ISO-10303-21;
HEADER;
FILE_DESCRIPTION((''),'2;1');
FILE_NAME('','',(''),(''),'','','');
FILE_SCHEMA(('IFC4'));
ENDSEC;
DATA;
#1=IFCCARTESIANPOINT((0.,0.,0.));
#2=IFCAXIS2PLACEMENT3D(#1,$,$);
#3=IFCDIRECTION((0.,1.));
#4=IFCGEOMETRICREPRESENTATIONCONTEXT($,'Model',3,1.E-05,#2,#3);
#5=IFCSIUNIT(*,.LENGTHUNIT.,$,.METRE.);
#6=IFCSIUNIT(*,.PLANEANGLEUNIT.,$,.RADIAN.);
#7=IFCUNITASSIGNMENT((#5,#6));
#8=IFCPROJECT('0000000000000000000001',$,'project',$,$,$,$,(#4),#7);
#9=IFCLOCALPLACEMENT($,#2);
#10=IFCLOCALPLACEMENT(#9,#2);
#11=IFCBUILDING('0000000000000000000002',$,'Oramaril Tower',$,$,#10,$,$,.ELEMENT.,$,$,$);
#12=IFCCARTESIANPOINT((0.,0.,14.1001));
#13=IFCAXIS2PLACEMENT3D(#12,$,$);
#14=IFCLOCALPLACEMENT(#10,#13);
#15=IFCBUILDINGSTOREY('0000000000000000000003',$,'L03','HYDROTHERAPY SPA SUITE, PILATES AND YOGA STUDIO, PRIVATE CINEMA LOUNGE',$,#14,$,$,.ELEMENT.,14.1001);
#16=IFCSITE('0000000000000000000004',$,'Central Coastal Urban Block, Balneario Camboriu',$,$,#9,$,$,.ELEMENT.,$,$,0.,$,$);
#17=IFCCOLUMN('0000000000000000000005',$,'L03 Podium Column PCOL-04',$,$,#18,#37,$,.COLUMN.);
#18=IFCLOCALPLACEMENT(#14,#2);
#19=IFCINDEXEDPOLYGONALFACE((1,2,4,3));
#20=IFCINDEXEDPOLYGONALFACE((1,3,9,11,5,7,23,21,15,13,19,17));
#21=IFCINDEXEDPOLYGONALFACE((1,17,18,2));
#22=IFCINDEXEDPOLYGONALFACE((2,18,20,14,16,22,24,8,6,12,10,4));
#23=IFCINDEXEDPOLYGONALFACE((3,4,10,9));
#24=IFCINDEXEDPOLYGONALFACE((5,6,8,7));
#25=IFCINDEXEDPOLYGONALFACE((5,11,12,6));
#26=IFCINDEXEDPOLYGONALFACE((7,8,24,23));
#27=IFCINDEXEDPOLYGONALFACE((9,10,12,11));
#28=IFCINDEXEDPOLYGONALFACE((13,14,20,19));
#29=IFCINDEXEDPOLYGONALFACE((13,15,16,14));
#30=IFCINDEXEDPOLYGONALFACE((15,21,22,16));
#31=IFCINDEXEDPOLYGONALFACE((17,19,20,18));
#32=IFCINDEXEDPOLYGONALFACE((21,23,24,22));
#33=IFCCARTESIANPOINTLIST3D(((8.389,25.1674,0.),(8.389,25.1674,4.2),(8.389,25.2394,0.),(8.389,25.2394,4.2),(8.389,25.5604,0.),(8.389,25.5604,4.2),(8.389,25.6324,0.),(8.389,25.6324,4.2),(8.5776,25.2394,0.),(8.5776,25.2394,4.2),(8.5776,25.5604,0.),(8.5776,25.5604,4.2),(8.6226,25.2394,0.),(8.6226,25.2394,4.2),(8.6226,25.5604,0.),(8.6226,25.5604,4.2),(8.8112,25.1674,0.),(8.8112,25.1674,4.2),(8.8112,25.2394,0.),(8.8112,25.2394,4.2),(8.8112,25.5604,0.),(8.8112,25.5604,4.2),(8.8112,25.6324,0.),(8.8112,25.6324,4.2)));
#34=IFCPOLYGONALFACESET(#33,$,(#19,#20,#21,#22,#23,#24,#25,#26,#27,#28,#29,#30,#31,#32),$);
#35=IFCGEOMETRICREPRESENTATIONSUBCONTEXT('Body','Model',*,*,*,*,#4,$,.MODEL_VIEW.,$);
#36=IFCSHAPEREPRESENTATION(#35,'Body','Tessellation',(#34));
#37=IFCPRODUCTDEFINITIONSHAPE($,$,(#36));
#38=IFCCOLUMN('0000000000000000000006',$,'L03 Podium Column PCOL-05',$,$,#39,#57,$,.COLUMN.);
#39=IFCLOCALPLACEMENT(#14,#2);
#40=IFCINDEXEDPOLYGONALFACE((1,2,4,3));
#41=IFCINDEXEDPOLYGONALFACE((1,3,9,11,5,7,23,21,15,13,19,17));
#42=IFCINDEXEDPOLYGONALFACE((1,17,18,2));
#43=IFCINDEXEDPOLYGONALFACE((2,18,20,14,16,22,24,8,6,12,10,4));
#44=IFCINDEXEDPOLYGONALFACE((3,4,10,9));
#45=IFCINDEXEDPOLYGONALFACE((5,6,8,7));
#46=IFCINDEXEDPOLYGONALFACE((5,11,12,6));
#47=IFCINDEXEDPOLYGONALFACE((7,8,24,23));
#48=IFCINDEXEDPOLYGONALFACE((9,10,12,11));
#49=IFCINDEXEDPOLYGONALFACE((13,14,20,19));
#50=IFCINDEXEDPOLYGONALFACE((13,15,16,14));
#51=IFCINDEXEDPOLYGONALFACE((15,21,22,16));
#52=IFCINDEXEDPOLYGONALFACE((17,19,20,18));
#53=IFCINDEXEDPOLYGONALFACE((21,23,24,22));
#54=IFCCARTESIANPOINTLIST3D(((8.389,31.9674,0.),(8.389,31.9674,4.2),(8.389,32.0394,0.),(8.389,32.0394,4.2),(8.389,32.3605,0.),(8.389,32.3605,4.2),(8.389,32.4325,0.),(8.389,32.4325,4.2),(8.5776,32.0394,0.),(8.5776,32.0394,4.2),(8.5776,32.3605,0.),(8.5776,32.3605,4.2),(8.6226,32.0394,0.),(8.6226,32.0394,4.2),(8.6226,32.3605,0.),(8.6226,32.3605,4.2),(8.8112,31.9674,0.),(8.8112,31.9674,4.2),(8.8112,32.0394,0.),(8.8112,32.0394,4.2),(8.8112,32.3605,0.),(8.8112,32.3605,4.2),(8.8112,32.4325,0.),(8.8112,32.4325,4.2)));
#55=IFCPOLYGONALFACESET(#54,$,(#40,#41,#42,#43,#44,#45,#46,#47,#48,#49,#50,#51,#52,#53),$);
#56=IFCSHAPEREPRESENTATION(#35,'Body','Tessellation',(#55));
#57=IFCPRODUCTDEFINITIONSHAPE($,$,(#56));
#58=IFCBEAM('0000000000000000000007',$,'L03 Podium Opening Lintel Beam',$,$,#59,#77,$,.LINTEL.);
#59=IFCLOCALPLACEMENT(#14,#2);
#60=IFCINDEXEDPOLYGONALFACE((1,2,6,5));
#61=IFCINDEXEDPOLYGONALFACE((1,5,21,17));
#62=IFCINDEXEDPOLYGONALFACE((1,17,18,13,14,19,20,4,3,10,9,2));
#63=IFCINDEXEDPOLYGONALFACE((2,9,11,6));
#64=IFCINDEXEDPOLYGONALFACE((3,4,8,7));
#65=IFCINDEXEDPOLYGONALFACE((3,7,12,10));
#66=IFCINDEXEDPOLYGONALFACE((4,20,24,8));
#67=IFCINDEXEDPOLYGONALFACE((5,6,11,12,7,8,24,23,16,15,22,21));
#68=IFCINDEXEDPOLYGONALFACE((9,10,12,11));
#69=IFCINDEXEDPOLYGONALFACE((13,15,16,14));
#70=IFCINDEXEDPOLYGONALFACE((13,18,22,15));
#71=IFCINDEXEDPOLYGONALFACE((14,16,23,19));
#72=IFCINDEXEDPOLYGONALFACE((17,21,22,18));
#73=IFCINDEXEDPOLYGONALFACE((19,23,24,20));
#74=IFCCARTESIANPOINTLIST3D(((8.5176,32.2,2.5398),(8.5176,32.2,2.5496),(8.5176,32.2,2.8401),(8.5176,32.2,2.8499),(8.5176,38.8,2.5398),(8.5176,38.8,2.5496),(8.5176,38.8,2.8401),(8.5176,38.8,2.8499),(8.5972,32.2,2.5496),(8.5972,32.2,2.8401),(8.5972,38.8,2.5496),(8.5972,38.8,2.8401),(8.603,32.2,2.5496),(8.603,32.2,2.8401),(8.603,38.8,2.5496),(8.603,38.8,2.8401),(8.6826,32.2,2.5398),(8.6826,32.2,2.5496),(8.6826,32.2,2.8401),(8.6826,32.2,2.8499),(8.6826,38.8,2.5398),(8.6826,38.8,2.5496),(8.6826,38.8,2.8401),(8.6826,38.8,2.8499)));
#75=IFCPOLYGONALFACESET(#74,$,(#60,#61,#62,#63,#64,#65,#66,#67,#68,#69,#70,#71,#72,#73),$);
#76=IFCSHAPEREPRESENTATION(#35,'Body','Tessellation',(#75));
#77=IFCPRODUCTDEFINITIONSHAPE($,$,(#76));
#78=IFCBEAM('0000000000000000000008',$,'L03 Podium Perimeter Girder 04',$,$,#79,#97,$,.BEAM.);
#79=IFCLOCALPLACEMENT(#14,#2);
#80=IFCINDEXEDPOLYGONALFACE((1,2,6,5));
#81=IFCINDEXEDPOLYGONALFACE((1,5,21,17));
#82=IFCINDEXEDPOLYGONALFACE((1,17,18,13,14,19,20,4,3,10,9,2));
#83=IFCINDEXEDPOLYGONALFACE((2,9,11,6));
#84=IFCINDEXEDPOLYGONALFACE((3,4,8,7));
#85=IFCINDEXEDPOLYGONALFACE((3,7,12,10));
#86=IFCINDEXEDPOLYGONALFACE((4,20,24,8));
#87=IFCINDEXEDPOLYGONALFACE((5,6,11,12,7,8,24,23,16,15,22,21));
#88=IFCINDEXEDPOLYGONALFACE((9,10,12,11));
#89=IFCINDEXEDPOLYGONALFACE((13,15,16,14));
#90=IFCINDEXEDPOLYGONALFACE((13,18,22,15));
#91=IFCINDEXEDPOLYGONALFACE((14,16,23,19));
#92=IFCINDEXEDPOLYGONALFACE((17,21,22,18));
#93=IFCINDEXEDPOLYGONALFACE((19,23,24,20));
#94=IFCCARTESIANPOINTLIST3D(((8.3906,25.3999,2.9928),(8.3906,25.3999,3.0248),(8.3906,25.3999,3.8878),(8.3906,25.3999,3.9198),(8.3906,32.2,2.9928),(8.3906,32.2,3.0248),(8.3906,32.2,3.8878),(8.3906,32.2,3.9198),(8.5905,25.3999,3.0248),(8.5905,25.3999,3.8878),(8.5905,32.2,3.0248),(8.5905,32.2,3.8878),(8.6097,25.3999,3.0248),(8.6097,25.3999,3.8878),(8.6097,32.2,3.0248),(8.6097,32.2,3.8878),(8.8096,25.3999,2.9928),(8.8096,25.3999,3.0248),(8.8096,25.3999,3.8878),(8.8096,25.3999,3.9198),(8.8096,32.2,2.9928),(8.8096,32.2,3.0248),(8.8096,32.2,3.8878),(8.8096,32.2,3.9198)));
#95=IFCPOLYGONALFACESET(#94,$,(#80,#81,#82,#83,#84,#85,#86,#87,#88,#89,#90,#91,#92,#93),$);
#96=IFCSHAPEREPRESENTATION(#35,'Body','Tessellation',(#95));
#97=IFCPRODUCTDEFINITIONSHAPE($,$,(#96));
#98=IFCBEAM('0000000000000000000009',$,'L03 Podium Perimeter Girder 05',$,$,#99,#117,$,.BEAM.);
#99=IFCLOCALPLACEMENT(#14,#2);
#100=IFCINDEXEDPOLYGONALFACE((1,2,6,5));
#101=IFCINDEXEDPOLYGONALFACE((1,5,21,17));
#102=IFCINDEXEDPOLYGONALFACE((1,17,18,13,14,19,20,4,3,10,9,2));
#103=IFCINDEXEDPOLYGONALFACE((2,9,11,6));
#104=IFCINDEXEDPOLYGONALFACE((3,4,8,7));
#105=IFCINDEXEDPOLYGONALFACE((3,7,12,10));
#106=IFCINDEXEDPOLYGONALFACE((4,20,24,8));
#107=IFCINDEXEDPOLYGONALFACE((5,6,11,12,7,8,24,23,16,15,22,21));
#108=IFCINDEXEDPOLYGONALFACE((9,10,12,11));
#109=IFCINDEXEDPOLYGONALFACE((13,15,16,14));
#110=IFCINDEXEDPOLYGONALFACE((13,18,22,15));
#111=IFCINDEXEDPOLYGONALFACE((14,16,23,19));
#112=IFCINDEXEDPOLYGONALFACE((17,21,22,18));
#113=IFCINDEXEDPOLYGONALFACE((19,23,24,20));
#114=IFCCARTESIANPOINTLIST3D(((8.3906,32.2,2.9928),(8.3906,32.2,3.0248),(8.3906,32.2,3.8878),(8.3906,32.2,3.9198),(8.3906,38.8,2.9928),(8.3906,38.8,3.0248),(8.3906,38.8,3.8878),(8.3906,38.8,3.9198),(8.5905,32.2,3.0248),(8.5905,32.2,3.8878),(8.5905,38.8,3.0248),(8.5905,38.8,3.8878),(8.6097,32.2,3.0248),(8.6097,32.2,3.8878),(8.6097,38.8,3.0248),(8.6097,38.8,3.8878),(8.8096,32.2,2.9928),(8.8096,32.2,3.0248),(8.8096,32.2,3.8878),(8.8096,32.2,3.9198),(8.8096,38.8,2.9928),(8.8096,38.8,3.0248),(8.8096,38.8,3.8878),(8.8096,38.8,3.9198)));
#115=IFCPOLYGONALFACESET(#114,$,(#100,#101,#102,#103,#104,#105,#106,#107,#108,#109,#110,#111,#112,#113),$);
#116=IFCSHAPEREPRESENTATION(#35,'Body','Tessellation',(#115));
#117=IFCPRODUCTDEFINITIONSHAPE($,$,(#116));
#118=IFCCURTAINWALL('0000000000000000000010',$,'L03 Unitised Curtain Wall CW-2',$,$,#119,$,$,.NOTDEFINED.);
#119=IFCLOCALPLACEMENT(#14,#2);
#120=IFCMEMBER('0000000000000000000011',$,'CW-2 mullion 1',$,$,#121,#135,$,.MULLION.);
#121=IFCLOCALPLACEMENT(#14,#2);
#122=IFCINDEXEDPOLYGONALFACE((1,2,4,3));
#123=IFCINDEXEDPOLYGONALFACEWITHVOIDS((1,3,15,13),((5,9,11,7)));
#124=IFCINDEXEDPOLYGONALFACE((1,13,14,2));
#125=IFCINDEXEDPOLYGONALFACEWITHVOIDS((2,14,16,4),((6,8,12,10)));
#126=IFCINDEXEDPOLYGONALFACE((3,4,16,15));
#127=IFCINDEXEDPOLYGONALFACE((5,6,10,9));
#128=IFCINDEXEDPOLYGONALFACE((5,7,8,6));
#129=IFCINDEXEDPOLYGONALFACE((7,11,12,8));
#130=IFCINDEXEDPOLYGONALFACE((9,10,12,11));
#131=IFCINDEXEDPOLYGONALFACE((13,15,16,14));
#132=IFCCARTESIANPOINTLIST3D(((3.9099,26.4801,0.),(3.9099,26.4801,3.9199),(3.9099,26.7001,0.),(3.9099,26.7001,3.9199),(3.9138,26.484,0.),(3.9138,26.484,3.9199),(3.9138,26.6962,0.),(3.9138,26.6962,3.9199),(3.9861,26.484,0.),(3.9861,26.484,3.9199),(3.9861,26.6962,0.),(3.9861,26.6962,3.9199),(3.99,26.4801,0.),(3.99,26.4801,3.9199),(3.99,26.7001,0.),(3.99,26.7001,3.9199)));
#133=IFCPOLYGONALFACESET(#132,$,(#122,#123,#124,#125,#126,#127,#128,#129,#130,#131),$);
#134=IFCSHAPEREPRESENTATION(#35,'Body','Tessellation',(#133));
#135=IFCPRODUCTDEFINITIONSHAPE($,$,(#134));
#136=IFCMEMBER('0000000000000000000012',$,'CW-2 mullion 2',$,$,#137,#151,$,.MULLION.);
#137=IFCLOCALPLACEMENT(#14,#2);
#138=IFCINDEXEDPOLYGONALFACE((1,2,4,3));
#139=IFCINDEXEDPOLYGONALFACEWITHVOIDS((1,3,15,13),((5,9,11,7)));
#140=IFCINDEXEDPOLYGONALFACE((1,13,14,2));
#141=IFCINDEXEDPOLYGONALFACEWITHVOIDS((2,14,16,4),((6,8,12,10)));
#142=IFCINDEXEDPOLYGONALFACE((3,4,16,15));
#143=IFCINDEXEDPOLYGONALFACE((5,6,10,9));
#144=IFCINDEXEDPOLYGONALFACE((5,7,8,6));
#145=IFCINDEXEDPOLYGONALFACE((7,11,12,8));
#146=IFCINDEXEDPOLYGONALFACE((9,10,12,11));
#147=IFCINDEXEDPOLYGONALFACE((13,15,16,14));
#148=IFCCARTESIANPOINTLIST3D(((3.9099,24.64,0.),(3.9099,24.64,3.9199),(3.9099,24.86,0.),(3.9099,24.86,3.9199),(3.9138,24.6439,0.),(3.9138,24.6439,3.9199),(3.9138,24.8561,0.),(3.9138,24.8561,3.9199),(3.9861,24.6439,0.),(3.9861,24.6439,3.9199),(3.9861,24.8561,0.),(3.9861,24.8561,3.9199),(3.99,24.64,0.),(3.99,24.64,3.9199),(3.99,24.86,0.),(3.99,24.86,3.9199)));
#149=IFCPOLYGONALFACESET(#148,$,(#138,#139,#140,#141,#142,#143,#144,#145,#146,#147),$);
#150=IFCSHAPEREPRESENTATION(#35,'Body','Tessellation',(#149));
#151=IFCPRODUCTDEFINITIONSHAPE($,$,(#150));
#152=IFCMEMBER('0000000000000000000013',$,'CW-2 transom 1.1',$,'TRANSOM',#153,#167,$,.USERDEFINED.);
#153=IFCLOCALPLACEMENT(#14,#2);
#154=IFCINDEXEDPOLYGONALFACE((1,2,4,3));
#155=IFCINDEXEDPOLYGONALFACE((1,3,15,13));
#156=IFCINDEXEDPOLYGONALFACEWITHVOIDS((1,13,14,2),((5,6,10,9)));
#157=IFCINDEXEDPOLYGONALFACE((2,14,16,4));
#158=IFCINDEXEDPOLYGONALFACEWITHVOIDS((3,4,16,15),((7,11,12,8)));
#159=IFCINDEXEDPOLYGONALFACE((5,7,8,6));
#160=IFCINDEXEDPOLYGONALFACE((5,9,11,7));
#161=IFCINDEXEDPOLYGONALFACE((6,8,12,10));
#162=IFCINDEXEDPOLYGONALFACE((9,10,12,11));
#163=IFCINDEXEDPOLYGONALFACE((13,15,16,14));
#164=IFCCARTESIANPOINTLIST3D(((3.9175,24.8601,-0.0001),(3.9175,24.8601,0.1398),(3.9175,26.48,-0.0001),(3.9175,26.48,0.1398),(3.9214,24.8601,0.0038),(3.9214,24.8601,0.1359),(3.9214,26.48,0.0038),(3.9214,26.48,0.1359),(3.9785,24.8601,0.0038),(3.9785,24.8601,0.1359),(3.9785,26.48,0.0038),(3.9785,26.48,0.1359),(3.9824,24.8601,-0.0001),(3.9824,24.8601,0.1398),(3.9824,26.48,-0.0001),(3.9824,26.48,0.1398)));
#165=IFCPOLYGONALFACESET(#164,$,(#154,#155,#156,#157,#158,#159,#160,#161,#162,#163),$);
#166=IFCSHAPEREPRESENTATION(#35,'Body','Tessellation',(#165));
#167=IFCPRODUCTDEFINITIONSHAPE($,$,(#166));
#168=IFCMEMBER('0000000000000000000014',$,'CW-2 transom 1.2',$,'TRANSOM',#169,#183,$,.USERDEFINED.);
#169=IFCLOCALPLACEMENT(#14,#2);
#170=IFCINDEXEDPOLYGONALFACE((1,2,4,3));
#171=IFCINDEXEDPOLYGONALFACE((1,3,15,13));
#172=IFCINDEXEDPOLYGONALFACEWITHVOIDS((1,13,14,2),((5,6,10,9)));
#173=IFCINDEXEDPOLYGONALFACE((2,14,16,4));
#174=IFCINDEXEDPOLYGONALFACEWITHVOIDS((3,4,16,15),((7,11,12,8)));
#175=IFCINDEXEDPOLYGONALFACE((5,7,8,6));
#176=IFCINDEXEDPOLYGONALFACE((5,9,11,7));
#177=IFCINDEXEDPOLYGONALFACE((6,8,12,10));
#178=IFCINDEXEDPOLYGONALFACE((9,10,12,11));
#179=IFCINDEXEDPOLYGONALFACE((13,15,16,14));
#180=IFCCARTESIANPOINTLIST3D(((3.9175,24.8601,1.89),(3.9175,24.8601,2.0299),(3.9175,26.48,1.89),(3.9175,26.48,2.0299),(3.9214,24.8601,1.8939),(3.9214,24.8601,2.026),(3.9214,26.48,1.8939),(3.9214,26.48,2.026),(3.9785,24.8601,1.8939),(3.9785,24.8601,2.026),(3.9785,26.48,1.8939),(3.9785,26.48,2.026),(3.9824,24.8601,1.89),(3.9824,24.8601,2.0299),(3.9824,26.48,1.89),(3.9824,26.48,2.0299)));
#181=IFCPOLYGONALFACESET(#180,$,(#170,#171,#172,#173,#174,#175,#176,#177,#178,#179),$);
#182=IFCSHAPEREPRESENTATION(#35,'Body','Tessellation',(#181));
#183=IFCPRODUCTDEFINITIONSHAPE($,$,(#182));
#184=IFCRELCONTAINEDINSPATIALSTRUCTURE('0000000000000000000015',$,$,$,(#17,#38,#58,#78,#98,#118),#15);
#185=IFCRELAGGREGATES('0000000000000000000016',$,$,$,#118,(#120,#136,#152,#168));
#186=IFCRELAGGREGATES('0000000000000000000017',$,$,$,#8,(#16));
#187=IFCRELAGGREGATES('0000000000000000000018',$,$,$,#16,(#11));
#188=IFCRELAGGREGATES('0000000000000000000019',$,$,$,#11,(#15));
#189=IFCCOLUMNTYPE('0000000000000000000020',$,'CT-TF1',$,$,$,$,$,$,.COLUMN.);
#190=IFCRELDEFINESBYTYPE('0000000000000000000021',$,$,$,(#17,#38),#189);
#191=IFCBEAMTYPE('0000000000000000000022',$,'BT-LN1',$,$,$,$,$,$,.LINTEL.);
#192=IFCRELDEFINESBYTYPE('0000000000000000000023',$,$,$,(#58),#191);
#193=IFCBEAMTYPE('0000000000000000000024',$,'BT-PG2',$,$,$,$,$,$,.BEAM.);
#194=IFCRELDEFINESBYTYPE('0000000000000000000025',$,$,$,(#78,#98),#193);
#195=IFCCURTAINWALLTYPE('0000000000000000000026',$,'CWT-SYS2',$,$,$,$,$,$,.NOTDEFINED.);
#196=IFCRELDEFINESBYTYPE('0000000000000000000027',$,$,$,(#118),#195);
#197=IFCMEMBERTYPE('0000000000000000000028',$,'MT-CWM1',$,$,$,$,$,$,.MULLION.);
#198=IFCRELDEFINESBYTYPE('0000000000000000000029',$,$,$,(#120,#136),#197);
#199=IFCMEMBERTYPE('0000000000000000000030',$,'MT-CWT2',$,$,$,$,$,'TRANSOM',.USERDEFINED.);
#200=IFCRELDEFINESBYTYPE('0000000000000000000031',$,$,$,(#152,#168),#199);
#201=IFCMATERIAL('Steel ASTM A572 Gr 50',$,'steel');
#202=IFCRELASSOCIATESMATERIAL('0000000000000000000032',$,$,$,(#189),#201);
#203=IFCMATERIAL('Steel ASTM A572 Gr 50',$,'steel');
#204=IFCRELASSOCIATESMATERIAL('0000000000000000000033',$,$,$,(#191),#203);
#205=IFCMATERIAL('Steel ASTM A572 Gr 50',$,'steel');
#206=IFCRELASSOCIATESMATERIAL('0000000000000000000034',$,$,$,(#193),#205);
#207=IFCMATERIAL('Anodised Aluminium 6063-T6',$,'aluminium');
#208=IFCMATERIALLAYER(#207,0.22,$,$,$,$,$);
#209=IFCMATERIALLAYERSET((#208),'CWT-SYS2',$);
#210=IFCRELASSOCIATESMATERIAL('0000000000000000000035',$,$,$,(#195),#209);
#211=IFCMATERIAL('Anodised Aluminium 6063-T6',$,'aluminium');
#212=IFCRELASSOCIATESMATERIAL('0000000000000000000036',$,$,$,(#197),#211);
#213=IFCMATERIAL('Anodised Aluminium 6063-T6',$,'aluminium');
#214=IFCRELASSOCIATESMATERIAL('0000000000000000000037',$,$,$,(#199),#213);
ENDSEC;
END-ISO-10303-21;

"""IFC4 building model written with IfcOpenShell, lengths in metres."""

from ifc_helpers import new_model, si_unit, direction, frame, origin, origin_2d, place, context, subcontext, project, spatial, hollow_rectangle, i_section, extrude, material, layer, layer_set, material_profile, profile_set, type_object, element, aggregate, save


model = new_model("IFC4")

# Units and contexts
model_context = context("Model", 3, precision=1e-05, world=origin(), true_north=direction((0.0, 1.0)))
body_context = subcontext(model_context, "Body", "Model", "MODEL_VIEW")
ifc_project = project(units=[si_unit("LENGTHUNIT", "METRE"), si_unit("PLANEANGLEUNIT", "RADIAN")], contexts=[model_context])

# Site, building, storey
site_placement = place(None, origin())
site = spatial("IfcSite", under=ifc_project, at=site_placement, Name="Central Coastal Urban Block, Balneario Camboriu", CompositionType="ELEMENT", RefElevation=0.0)
building_placement = place(site_placement, origin())
building = spatial("IfcBuilding", under=site, at=building_placement, Name="Oramaril Tower", CompositionType="ELEMENT")
storey_placement = place(building_placement, frame((0.0, 0.0, 14.1001)))
storey = spatial("IfcBuildingStorey", under=building, at=storey_placement, Name="L03", Description="HYDROTHERAPY SPA SUITE, PILATES AND YOGA STUDIO, PRIVATE CINEMA LOUNGE", CompositionType="ELEMENT", Elevation=14.1001)

# Columns
ifc_material_1 = material(Name="Steel ASTM A572 Gr 50", Category="steel")
ifc_material_profile_1 = material_profile(ifc_material_1, i_section(OverallWidth=0.4221, OverallDepth=0.4651, WebThickness=0.0449, FlangeThickness=0.072, at=origin_2d()), Name="W14X398")
ifc_profile_set_1 = profile_set([ifc_material_profile_1], Name="Steel ASTM A572 Gr 50")
column_type = type_object("IfcColumnType", Name="CT-TF1", PredefinedType="COLUMN", material=ifc_profile_set_1)
for number, where, z_axis, x_axis, name in (
    (1, (8.6001, 25.3999, 0.0), (0.0, 0.0, 1.0), (1.0, 0.0, 0.0), "L03 Podium Column PCOL-04"),
    (2, (8.6001, 32.2, 0.0), (0.0, 0.0, 1.0), (1.0, 0.0, 0.0), "L03 Podium Column PCOL-05"),
):
    element("IfcColumn", number, at=place(storey_placement, frame(where, z_axis=z_axis, x_axis=x_axis)), inside=storey, type_object=column_type, Name=name, PredefinedType="COLUMN", context=body_context, shape_type="SweptSolid", body=[
        extrude(i_section(OverallWidth=0.4221, OverallDepth=0.4651, WebThickness=0.0449, FlangeThickness=0.072, at=origin_2d()), origin(), (0.0, 0.0, 1.0), 4.2),
    ])

# Beams
ifc_material_2 = material(Name="Steel ASTM A572 Gr 50", Category="steel")
ifc_material_profile_2 = material_profile(ifc_material_2, i_section(OverallWidth=0.165, OverallDepth=0.3101, WebThickness=0.0059, FlangeThickness=0.0098, at=origin_2d()), Name="W12X26")
ifc_profile_set_2 = profile_set([ifc_material_profile_2], Name="Steel ASTM A572 Gr 50")
beam_type_1 = type_object("IfcBeamType", Name="BT-LN1", PredefinedType="LINTEL", material=ifc_profile_set_2)
beam_1_placement = place(storey_placement, frame((8.6001, 32.2, 2.6948), z_axis=(0.0, 1.0, 0.0), x_axis=(-1.0, 0.0, 0.0)))
element("IfcBeam", 3, at=beam_1_placement, inside=storey, type_object=beam_type_1, Name="L03 Podium Opening Lintel Beam", PredefinedType="LINTEL", context=body_context, shape_type="SweptSolid", body=[
    extrude(i_section(OverallWidth=0.165, OverallDepth=0.3101, WebThickness=0.0059, FlangeThickness=0.0098, at=origin_2d()), origin(), (0.0, 0.0, 1.0), 6.6001),
])
ifc_material_3 = material(Name="Steel ASTM A572 Gr 50", Category="steel")
ifc_material_profile_3 = material_profile(ifc_material_3, i_section(OverallWidth=0.4189, OverallDepth=0.927, WebThickness=0.0193, FlangeThickness=0.032, at=origin_2d()), Name="W36X231")
ifc_profile_set_3 = profile_set([ifc_material_profile_3], Name="Steel ASTM A572 Gr 50")
beam_type_2 = type_object("IfcBeamType", Name="BT-PG2", PredefinedType="BEAM", material=ifc_profile_set_3)
beam_2_placement = place(storey_placement, frame((8.6001, 25.3999, 3.4563), z_axis=(0.0, 1.0, 0.0), x_axis=(-1.0, 0.0, 0.0)))
element("IfcBeam", 4, at=beam_2_placement, inside=storey, type_object=beam_type_2, Name="L03 Podium Perimeter Girder 04", PredefinedType="BEAM", context=body_context, shape_type="SweptSolid", body=[
    extrude(i_section(OverallWidth=0.4189, OverallDepth=0.927, WebThickness=0.0193, FlangeThickness=0.032, at=origin_2d()), origin(), (0.0, 0.0, 1.0), 6.8),
])
beam_3_placement = place(storey_placement, frame((8.6001, 32.2, 3.4563), z_axis=(0.0, 1.0, 0.0), x_axis=(-1.0, 0.0, 0.0)))
element("IfcBeam", 5, at=beam_3_placement, inside=storey, type_object=beam_type_2, Name="L03 Podium Perimeter Girder 05", PredefinedType="BEAM", context=body_context, shape_type="SweptSolid", body=[
    extrude(i_section(OverallWidth=0.4189, OverallDepth=0.927, WebThickness=0.0193, FlangeThickness=0.032, at=origin_2d()), origin(), (0.0, 0.0, 1.0), 6.6001),
])

# Curtain wall, members
ifc_material_4 = material(Name="Anodised Aluminium 6063-T6", Category="aluminium")
ifc_layer_1 = layer(ifc_material_4, 0.22)
ifc_layer_set_1 = layer_set([ifc_layer_1], Name="CWT-SYS2")
curtain_wall_type = type_object("IfcCurtainWallType", Name="CWT-SYS2", PredefinedType="NOTDEFINED", material=ifc_layer_set_1)
curtain_wall_placement = place(storey_placement, origin())
curtain_wall = element("IfcCurtainWall", 6, at=curtain_wall_placement, inside=storey, type_object=curtain_wall_type, Name="L03 Unitised Curtain Wall CW-2", PredefinedType="NOTDEFINED")
ifc_material_5 = material(Name="Anodised Aluminium 6063-T6", Category="aluminium")
ifc_material_profile_4 = material_profile(ifc_material_5, hollow_rectangle(XDim=0.0801, YDim=0.22, WallThickness=0.0039, at=origin_2d()), Name="CWM220X80")
ifc_profile_set_4 = profile_set([ifc_material_profile_4], Name="Anodised Aluminium 6063-T6")
member_type_1 = type_object("IfcMemberType", Name="MT-CWM1", PredefinedType="MULLION", material=ifc_profile_set_4)
member_1_placement = place(storey_placement, frame((3.95, 26.5901, 0.0), z_axis=(0.0, 0.0, 1.0), x_axis=(1.0, 0.0, 0.0)))
member_1 = element("IfcMember", 7, at=member_1_placement, type_object=member_type_1, Name="CW-2 mullion 1", PredefinedType="MULLION", context=body_context, shape_type="SweptSolid", body=[
    extrude(hollow_rectangle(XDim=0.0801, YDim=0.22, WallThickness=0.0039, at=origin_2d()), origin(), (0.0, 0.0, 1.0), 3.9199),
])
member_2_placement = place(storey_placement, frame((3.95, 24.75, 0.0), z_axis=(0.0, 0.0, 1.0), x_axis=(1.0, 0.0, 0.0)))
member_2 = element("IfcMember", 8, at=member_2_placement, type_object=member_type_1, Name="CW-2 mullion 2", PredefinedType="MULLION", context=body_context, shape_type="SweptSolid", body=[
    extrude(hollow_rectangle(XDim=0.0801, YDim=0.22, WallThickness=0.0039, at=origin_2d()), origin(), (0.0, 0.0, 1.0), 3.9199),
])
ifc_material_6 = material(Name="Anodised Aluminium 6063-T6", Category="aluminium")
ifc_material_profile_5 = material_profile(ifc_material_6, hollow_rectangle(XDim=0.0649, YDim=0.1399, WallThickness=0.0039, at=origin_2d()), Name="CWT140X65")
ifc_profile_set_5 = profile_set([ifc_material_profile_5], Name="Anodised Aluminium 6063-T6")
member_type_2 = type_object("IfcMemberType", Name="MT-CWT2", ElementType="TRANSOM", PredefinedType="USERDEFINED", material=ifc_profile_set_5)
member_3_placement = place(storey_placement, frame((3.95, 26.48, 0.0698), z_axis=(0.0, -1.0, 0.0), x_axis=(1.0, 0.0, 0.0)))
member_3 = element("IfcMember", 9, at=member_3_placement, type_object=member_type_2, Name="CW-2 transom 1.1", ObjectType="TRANSOM", PredefinedType="USERDEFINED", context=body_context, shape_type="SweptSolid", body=[
    extrude(hollow_rectangle(XDim=0.0649, YDim=0.1399, WallThickness=0.0039, at=origin_2d()), origin(), (0.0, 0.0, 1.0), 1.6199),
])
member_4_placement = place(storey_placement, frame((3.95, 26.48, 1.96), z_axis=(0.0, -1.0, 0.0), x_axis=(1.0, 0.0, 0.0)))
member_4 = element("IfcMember", 10, at=member_4_placement, type_object=member_type_2, Name="CW-2 transom 1.2", ObjectType="TRANSOM", PredefinedType="USERDEFINED", context=body_context, shape_type="SweptSolid", body=[
    extrude(hollow_rectangle(XDim=0.0649, YDim=0.1399, WallThickness=0.0039, at=origin_2d()), origin(), (0.0, 0.0, 1.0), 1.6199),
])
aggregate(curtain_wall, [member_1, member_2, member_3, member_4])

save(model, "model.ifc")
